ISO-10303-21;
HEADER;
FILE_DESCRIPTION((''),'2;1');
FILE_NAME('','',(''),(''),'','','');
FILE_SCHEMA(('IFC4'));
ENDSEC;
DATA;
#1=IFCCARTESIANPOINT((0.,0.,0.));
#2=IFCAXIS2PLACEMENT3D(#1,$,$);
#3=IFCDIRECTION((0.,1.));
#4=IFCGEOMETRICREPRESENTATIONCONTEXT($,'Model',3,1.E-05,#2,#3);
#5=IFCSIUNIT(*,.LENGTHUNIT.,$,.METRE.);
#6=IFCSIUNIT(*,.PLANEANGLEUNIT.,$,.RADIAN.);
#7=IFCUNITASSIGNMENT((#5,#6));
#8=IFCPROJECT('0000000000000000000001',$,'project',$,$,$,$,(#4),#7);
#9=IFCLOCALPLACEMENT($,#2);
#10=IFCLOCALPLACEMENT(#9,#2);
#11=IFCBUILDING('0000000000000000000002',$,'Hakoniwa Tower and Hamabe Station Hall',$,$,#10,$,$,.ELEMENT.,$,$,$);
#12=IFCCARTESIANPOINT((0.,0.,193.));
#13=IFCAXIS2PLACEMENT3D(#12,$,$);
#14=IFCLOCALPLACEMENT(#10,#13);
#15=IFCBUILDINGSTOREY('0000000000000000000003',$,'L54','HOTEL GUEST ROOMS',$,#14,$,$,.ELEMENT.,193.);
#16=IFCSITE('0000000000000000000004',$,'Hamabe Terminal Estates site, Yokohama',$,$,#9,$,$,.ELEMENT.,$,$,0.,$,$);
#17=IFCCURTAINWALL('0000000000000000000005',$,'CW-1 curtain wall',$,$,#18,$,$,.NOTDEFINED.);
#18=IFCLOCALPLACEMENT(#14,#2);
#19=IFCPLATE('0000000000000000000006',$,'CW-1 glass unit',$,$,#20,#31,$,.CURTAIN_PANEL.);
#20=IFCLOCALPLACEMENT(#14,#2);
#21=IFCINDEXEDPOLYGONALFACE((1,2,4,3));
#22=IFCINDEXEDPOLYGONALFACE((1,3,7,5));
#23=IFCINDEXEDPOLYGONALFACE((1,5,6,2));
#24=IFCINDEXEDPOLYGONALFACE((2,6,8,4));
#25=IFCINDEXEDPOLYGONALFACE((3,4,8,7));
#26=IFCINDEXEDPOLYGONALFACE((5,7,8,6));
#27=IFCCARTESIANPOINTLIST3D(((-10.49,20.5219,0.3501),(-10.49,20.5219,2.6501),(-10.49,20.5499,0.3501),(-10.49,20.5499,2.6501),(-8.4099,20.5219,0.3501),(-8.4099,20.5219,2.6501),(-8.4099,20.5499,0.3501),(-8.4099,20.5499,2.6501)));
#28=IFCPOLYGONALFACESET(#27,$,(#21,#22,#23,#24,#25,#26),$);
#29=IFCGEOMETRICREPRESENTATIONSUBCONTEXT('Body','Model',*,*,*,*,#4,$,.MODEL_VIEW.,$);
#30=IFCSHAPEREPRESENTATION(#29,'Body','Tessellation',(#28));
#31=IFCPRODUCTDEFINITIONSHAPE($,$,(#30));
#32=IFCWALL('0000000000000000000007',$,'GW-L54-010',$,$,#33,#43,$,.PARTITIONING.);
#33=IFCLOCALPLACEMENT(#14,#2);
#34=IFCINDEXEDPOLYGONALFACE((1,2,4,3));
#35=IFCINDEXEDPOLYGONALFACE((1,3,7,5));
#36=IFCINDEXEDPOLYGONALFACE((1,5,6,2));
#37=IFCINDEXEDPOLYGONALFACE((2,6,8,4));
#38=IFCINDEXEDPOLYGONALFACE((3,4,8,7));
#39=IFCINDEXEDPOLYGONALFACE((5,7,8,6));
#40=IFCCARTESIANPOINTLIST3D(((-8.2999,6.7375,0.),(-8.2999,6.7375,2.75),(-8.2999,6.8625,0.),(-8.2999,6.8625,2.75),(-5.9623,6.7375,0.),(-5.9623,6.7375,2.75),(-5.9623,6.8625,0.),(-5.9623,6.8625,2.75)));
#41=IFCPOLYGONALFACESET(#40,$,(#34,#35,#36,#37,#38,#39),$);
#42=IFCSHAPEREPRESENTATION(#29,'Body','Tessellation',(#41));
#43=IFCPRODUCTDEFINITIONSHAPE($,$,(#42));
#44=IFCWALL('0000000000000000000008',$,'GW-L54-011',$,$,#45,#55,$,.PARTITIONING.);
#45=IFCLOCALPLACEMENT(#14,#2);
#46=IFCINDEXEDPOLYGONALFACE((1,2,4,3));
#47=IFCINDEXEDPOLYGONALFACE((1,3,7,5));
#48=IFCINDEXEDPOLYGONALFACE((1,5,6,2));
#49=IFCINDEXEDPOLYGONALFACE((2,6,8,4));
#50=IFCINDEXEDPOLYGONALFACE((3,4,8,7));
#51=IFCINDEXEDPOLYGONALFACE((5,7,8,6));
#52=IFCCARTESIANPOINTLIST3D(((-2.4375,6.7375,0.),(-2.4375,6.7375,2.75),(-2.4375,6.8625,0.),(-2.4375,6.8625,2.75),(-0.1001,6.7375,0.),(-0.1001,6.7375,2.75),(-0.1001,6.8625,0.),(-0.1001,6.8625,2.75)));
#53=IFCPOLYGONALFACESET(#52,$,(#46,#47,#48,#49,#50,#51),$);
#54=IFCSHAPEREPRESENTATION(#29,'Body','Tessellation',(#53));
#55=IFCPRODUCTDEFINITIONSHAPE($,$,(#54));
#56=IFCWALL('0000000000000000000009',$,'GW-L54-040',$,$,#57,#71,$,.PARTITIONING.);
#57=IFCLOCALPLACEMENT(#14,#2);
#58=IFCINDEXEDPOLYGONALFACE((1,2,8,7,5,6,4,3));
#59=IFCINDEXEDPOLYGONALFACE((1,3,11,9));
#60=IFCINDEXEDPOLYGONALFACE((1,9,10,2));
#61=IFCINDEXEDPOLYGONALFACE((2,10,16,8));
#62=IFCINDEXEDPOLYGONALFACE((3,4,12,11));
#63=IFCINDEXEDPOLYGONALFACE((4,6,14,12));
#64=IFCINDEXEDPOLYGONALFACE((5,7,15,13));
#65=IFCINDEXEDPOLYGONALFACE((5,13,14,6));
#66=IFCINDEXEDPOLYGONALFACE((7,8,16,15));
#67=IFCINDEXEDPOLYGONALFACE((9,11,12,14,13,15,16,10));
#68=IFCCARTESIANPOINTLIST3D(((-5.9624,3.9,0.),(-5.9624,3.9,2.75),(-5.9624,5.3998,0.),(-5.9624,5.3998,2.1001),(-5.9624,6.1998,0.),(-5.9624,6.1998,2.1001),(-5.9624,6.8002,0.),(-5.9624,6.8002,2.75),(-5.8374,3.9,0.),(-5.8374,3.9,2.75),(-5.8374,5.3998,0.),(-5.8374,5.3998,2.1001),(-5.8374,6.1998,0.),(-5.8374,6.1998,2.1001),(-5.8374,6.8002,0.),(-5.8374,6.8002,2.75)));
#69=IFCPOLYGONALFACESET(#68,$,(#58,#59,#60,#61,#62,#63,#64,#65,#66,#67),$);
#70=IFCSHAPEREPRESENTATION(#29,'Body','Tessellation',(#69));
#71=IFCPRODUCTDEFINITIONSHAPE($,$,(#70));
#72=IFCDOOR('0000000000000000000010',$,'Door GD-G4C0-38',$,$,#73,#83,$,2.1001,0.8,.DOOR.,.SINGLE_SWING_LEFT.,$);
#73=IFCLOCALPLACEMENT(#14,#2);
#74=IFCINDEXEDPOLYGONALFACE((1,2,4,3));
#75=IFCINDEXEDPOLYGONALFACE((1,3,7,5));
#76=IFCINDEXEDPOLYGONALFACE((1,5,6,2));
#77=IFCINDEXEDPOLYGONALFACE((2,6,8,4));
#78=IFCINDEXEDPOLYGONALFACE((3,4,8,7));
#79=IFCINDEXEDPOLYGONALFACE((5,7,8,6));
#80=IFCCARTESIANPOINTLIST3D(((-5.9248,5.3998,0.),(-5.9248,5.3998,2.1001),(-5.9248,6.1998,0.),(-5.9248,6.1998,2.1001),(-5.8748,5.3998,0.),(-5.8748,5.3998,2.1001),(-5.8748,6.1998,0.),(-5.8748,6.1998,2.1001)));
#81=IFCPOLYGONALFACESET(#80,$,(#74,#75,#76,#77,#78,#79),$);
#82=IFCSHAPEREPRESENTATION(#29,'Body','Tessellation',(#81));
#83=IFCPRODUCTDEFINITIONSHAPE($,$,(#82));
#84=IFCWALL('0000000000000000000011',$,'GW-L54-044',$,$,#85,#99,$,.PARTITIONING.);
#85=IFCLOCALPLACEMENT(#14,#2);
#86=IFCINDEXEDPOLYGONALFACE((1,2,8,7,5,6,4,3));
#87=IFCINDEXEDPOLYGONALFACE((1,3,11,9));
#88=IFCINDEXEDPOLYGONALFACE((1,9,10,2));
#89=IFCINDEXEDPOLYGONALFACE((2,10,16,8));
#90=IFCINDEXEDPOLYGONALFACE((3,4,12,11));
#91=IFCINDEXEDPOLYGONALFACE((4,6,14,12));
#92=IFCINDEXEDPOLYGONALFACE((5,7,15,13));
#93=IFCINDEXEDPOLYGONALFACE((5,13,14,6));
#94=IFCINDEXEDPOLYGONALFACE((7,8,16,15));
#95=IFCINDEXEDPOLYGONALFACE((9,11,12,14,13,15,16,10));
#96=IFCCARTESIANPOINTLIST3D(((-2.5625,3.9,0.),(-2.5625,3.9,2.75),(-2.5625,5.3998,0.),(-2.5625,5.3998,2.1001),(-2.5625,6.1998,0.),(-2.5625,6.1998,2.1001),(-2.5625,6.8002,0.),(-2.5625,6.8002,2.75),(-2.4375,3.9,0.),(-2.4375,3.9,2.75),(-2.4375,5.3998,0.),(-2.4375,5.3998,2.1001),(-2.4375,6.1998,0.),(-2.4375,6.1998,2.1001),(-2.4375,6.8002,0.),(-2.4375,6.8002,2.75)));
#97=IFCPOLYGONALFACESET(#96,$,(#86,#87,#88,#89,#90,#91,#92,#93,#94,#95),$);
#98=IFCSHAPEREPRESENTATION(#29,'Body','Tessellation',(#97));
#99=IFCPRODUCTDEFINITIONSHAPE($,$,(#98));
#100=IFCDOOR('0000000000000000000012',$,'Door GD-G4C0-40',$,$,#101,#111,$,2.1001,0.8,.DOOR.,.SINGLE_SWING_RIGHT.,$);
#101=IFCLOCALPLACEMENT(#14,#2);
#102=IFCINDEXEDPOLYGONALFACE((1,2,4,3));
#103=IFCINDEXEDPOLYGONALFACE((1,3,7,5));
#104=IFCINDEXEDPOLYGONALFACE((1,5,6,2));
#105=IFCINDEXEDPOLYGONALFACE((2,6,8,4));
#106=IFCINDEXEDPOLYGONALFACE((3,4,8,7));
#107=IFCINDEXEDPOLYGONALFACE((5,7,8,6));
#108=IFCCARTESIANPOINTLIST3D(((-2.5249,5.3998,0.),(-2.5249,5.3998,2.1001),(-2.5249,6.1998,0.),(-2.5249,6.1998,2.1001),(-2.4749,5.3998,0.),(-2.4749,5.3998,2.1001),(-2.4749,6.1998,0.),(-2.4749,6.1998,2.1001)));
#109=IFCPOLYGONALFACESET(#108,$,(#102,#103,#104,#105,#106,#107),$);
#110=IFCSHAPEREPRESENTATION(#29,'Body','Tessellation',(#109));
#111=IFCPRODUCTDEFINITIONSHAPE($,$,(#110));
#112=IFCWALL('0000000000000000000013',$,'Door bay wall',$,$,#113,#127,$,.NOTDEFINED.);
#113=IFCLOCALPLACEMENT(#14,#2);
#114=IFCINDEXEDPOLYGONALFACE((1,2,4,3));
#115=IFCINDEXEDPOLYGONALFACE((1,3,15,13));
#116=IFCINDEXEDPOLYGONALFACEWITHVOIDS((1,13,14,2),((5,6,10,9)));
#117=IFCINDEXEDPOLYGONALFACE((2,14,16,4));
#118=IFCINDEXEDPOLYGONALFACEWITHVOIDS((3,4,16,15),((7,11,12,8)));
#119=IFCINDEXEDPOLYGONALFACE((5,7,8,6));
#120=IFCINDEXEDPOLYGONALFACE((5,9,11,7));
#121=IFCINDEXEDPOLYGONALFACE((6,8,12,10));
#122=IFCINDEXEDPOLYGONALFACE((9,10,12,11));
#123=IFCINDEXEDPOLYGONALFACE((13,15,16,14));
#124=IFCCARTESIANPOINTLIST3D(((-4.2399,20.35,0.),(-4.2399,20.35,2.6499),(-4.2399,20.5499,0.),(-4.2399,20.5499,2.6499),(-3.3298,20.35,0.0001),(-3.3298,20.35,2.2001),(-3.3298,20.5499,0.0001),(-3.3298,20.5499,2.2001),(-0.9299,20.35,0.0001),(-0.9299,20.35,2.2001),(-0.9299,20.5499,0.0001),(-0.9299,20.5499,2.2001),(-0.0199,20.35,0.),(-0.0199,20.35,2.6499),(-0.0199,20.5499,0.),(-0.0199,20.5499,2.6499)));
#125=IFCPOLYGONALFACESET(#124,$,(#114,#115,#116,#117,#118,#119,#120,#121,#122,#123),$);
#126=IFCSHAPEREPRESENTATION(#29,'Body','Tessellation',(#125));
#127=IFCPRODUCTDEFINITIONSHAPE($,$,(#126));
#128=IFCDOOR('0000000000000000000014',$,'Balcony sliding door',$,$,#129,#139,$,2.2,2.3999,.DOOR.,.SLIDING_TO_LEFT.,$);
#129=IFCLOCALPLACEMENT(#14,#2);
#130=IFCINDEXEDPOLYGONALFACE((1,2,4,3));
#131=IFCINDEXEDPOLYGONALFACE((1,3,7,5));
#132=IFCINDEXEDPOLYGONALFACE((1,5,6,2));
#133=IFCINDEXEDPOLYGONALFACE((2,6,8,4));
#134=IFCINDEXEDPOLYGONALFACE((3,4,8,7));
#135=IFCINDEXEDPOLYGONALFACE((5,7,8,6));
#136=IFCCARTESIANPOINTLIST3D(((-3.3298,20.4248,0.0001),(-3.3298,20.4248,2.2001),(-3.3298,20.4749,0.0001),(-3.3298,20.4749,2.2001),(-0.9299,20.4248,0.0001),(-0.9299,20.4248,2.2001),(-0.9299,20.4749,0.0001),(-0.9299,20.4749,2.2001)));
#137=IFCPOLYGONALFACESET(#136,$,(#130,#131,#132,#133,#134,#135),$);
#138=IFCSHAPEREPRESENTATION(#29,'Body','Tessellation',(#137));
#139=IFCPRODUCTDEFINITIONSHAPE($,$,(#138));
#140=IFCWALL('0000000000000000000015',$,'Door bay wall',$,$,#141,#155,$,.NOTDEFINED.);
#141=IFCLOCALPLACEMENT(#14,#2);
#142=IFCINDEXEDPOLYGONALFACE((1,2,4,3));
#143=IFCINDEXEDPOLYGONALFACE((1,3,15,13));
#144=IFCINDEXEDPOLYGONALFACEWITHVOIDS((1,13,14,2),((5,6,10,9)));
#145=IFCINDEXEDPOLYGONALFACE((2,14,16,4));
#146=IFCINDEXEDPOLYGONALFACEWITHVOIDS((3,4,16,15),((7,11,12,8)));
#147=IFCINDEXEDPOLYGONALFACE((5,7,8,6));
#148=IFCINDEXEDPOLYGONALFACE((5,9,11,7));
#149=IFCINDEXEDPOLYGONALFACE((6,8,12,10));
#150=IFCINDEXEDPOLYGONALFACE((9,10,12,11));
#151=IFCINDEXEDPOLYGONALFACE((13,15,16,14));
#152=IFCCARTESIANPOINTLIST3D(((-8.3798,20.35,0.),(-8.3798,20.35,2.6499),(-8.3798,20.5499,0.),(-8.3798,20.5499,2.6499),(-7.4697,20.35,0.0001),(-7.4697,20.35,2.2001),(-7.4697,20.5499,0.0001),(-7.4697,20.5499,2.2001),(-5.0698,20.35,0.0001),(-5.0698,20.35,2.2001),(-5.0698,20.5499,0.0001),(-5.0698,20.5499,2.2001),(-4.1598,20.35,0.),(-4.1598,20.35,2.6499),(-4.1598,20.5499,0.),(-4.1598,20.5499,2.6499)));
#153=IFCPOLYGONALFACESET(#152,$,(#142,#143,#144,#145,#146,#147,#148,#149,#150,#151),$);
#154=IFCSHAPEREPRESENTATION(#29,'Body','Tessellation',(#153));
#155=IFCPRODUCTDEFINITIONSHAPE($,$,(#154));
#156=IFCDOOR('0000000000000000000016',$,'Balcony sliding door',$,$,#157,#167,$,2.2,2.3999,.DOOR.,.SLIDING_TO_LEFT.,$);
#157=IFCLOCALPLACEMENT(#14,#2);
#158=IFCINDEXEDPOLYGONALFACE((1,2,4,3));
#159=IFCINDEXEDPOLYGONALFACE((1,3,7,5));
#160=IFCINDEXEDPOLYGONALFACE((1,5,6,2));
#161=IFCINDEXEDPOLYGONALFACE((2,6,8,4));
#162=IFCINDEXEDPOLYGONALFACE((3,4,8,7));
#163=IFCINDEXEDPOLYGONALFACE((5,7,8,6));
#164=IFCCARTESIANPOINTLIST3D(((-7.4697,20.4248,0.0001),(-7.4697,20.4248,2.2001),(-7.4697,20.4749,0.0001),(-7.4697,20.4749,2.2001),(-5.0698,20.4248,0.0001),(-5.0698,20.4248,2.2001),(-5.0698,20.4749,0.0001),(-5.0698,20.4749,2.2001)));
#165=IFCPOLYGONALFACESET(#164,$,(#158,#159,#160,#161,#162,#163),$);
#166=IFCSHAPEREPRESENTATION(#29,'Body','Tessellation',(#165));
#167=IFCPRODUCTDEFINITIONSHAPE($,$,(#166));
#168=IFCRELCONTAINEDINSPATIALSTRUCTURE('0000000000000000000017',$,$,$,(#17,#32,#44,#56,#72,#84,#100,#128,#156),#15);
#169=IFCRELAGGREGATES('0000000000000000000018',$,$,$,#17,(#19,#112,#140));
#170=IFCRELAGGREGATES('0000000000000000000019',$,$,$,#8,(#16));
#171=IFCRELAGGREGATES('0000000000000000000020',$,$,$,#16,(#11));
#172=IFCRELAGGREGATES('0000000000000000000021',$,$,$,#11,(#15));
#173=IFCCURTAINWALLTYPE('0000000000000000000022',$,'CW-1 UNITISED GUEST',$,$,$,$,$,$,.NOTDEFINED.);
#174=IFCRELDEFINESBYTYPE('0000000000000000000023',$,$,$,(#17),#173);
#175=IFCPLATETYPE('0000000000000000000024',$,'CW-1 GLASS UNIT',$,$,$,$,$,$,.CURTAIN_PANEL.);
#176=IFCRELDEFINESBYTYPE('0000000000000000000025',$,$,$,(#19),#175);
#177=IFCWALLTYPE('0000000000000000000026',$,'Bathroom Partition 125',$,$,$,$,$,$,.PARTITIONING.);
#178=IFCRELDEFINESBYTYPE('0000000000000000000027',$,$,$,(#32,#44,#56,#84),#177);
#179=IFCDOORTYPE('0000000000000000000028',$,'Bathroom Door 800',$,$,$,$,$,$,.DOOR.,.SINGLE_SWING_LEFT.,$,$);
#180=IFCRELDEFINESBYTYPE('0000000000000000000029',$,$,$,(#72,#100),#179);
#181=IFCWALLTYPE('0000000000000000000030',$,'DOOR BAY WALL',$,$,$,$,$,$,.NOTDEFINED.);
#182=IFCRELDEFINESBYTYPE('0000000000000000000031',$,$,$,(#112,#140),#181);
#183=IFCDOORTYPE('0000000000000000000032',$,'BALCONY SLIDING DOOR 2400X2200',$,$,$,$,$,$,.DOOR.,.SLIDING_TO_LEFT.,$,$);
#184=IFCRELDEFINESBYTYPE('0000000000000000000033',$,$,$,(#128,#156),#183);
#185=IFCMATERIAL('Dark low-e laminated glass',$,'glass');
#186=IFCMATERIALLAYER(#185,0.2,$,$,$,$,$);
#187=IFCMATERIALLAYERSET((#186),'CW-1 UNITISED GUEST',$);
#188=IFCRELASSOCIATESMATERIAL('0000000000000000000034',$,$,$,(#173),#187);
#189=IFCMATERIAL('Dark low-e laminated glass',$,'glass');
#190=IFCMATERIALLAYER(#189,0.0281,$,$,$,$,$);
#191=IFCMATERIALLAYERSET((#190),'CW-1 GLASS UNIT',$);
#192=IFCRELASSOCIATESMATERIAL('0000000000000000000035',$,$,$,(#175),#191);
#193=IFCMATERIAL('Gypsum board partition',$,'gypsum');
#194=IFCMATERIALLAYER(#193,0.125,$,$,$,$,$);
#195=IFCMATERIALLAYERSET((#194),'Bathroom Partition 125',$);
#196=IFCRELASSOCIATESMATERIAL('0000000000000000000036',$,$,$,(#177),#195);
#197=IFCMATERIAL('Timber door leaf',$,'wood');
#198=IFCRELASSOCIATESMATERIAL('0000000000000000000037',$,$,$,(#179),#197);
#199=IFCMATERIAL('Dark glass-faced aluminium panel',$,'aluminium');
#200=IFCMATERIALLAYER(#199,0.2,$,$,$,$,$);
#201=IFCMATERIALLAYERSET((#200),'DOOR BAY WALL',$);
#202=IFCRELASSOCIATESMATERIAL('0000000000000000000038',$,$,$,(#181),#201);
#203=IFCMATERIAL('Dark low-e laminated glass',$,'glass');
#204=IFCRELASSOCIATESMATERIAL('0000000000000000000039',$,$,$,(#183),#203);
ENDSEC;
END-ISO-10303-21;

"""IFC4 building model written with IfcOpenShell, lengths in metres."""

from ifc_helpers import new_model, si_unit, direction, frame, frame_2d, origin, origin_2d, place, context, subcontext, project, spatial, rectangle, extrude, material, layer, layer_set, type_object, element, fill, aggregate, save


model = new_model("IFC4")

# Units and contexts
model_context = context("Model", 3, precision=1e-05, world=origin(), true_north=direction((0.0, 1.0)))
body_context = subcontext(model_context, "Body", "Model", "MODEL_VIEW")
ifc_project = project(units=[si_unit("LENGTHUNIT", "METRE"), si_unit("PLANEANGLEUNIT", "RADIAN")], contexts=[model_context])

# Site, building, storey
site_placement = place(None, origin())
site = spatial("IfcSite", under=ifc_project, at=site_placement, Name="Hamabe Terminal Estates site, Yokohama", CompositionType="ELEMENT", RefElevation=0.0)
building_placement = place(site_placement, origin())
building = spatial("IfcBuilding", under=site, at=building_placement, Name="Hakoniwa Tower and Hamabe Station Hall", CompositionType="ELEMENT")
storey_placement = place(building_placement, frame((0.0, 0.0, 193.0)))
storey = spatial("IfcBuildingStorey", under=building, at=storey_placement, Name="L54", Description="HOTEL GUEST ROOMS", CompositionType="ELEMENT", Elevation=193.0)

# Curtain wall, plate
ifc_material_1 = material(Name="Dark low-e laminated glass", Category="glass")
ifc_layer_1 = layer(ifc_material_1, 0.2)
ifc_layer_set_1 = layer_set([ifc_layer_1], Name="CW-1 UNITISED GUEST")
curtain_wall_type = type_object("IfcCurtainWallType", Name="CW-1 UNITISED GUEST", PredefinedType="NOTDEFINED", material=ifc_layer_set_1)
curtain_wall_placement = place(storey_placement, origin())
curtain_wall = element("IfcCurtainWall", 1, at=curtain_wall_placement, inside=storey, type_object=curtain_wall_type, Name="CW-1 curtain wall", PredefinedType="NOTDEFINED")
ifc_material_2 = material(Name="Dark low-e laminated glass", Category="glass")
ifc_layer_2 = layer(ifc_material_2, 0.0281)
ifc_layer_set_2 = layer_set([ifc_layer_2], Name="CW-1 GLASS UNIT")
plate_type = type_object("IfcPlateType", Name="CW-1 GLASS UNIT", PredefinedType="CURTAIN_PANEL", material=ifc_layer_set_2)
plate_placement = place(storey_placement, frame((-9.45, 20.5359, 0.3501), z_axis=(0.0, 0.0, 1.0), x_axis=(-1.0, 0.0, 0.0)))
plate = element("IfcPlate", 2, at=plate_placement, type_object=plate_type, Name="CW-1 glass unit", PredefinedType="CURTAIN_PANEL", context=body_context, shape_type="SweptSolid", body=[
    extrude(rectangle(XDim=2.0801, YDim=0.0281, at=origin_2d()), origin(), (0.0, 0.0, 1.0), 2.3),
])

# Walls
ifc_material_3 = material(Name="Gypsum board partition", Category="gypsum")
ifc_layer_3 = layer(ifc_material_3, 0.125)
ifc_layer_set_3 = layer_set([ifc_layer_3], Name="Bathroom Partition 125")
wall_type_1 = type_object("IfcWallType", Name="Bathroom Partition 125", PredefinedType="PARTITIONING", material=ifc_layer_set_3)
wall_1_placement = place(storey_placement, frame((-8.3, 6.8, 0.0), z_axis=(0.0, 0.0, 1.0), x_axis=(1.0, 0.0, 0.0)))
element("IfcWall", 3, at=wall_1_placement, inside=storey, type_object=wall_type_1, Name="GW-L54-010", PredefinedType="PARTITIONING", context=body_context, shape_type="SweptSolid", body=[
    extrude(rectangle(XDim=2.3376, YDim=0.125, at=frame_2d((1.1689, 0.0))), origin(), (0.0, 0.0, 1.0), 2.75),
])
wall_2_placement = place(storey_placement, frame((-2.4375, 6.8, 0.0), z_axis=(0.0, 0.0, 1.0), x_axis=(1.0, 0.0, 0.0)))
element("IfcWall", 4, at=wall_2_placement, inside=storey, type_object=wall_type_1, Name="GW-L54-011", PredefinedType="PARTITIONING", context=body_context, shape_type="SweptSolid", body=[
    extrude(rectangle(XDim=2.3374, YDim=0.125, at=frame_2d((1.1687, 0.0))), origin(), (0.0, 0.0, 1.0), 2.75),
])

# Walls, openings, doors
wall_3_placement = place(storey_placement, frame((-5.8999, 3.8999, 0.0), z_axis=(0.0, 0.0, 1.0), x_axis=(0.0, 1.0, 0.0)))
wall_3 = element("IfcWall", 5, at=wall_3_placement, inside=storey, type_object=wall_type_1, Name="GW-L54-040", PredefinedType="PARTITIONING", context=body_context, shape_type="SweptSolid", body=[
    extrude(rectangle(XDim=2.9001, YDim=0.125, at=frame_2d((1.4502, 0.0))), origin(), (0.0, 0.0, 1.0), 2.75),
])
opening_1_placement = place(wall_3_placement, frame((1.5, 0.0, 0.0)))
opening_1 = element("IfcOpeningElement", 6, at=opening_1_placement, cuts=wall_3, PredefinedType="OPENING", context=body_context, shape_type="SweptSolid", body=[
    extrude(rectangle(XDim=0.8, YDim=2.1001, at=frame_2d((0.3999, 1.05))), frame((0.0, 0.0725, 0.0), z_axis=(0.0, -1.0, 0.0), x_axis=(1.0, 0.0, 0.0)), (0.0, 0.0, 1.0), 0.145),
])
ifc_material_4 = material(Name="Timber door leaf", Category="wood")
door_type_1 = type_object("IfcDoorType", Name="Bathroom Door 800", OperationType="SINGLE_SWING_LEFT", PredefinedType="DOOR", material=ifc_material_4)
door_1_placement = place(opening_1_placement, origin())
door_1 = element("IfcDoor", 7, at=door_1_placement, inside=storey, type_object=door_type_1, Name="Door GD-G4C0-38", OperationType="SINGLE_SWING_LEFT", OverallHeight=2.1001, OverallWidth=0.8, PredefinedType="DOOR", context=body_context, shape_type="SweptSolid", body=[
    extrude(rectangle(XDim=0.8, YDim=2.1001, at=frame_2d((0.3999, 1.05))), frame((0.0, 0.0249, 0.0), z_axis=(0.0, -1.0, 0.0), x_axis=(1.0, 0.0, 0.0)), (0.0, 0.0, 1.0), 0.05),
])
fill(opening_1, door_1)
wall_4_placement = place(storey_placement, frame((-2.5, 3.8999, 0.0), z_axis=(0.0, 0.0, 1.0), x_axis=(0.0, 1.0, 0.0)))
wall_4 = element("IfcWall", 8, at=wall_4_placement, inside=storey, type_object=wall_type_1, Name="GW-L54-044", PredefinedType="PARTITIONING", context=body_context, shape_type="SweptSolid", body=[
    extrude(rectangle(XDim=2.9001, YDim=0.125, at=frame_2d((1.4502, 0.0))), origin(), (0.0, 0.0, 1.0), 2.75),
])
opening_2_placement = place(wall_4_placement, frame((1.5, 0.0, 0.0)))
opening_2 = element("IfcOpeningElement", 9, at=opening_2_placement, cuts=wall_4, PredefinedType="OPENING", context=body_context, shape_type="SweptSolid", body=[
    extrude(rectangle(XDim=0.8, YDim=2.1001, at=frame_2d((0.3999, 1.05))), frame((0.0, 0.0725, 0.0), z_axis=(0.0, -1.0, 0.0), x_axis=(1.0, 0.0, 0.0)), (0.0, 0.0, 1.0), 0.145),
])
door_2_placement = place(opening_2_placement, origin())
door_2 = element("IfcDoor", 10, at=door_2_placement, inside=storey, type_object=door_type_1, Name="Door GD-G4C0-40", OperationType="SINGLE_SWING_RIGHT", OverallHeight=2.1001, OverallWidth=0.8, PredefinedType="DOOR", context=body_context, shape_type="SweptSolid", body=[
    extrude(rectangle(XDim=0.8, YDim=2.1001, at=frame_2d((0.3999, 1.05))), frame((0.0, 0.0249, 0.0), z_axis=(0.0, -1.0, 0.0), x_axis=(1.0, 0.0, 0.0)), (0.0, 0.0, 1.0), 0.05),
])
fill(opening_2, door_2)
ifc_material_5 = material(Name="Dark glass-faced aluminium panel", Category="aluminium")
ifc_layer_4 = layer(ifc_material_5, 0.2)
ifc_layer_set_4 = layer_set([ifc_layer_4], Name="DOOR BAY WALL")
wall_type_2 = type_object("IfcWallType", Name="DOOR BAY WALL", PredefinedType="NOTDEFINED", material=ifc_layer_set_4)
wall_5_placement = place(storey_placement, frame((-0.02, 20.45, 0.0), z_axis=(0.0, 0.0, 1.0), x_axis=(-1.0, 0.0, 0.0)))
wall_5 = element("IfcWall", 11, at=wall_5_placement, type_object=wall_type_2, Name="Door bay wall", PredefinedType="NOTDEFINED", context=body_context, shape_type="SweptSolid", body=[
    extrude(rectangle(XDim=4.22, YDim=0.2, at=frame_2d((2.1099, 0.0))), origin(), (0.0, 0.0, 1.0), 2.6499),
])
opening_3_placement = place(wall_5_placement, frame((0.9099, 0.0, 0.0)))
opening_3 = element("IfcOpeningElement", 12, at=opening_3_placement, cuts=wall_5, PredefinedType="OPENING", context=body_context, shape_type="SweptSolid", body=[
    extrude(rectangle(XDim=2.3999, YDim=2.2, at=frame_2d((1.2, 1.1001))), frame((0.0, 0.1099, 0.0), z_axis=(0.0, -1.0, 0.0), x_axis=(1.0, 0.0, 0.0)), (0.0, 0.0, 1.0), 0.22),
])
ifc_material_6 = material(Name="Dark low-e laminated glass", Category="glass")
door_type_2 = type_object("IfcDoorType", Name="BALCONY SLIDING DOOR 2400X2200", OperationType="SLIDING_TO_LEFT", PredefinedType="DOOR", material=ifc_material_6)
door_3_placement = place(opening_3_placement, frame((2.3999, 0.0, 0.0), z_axis=(0.0, 0.0, 1.0), x_axis=(-1.0, 0.0, 0.0)))
door_3 = element("IfcDoor", 13, at=door_3_placement, inside=storey, type_object=door_type_2, Name="Balcony sliding door", OperationType="SLIDING_TO_LEFT", OverallHeight=2.2, OverallWidth=2.3999, PredefinedType="DOOR", context=body_context, shape_type="SweptSolid", body=[
    extrude(rectangle(XDim=2.3999, YDim=2.2, at=frame_2d((1.2, 1.1001))), frame((0.0, 0.0249, 0.0), z_axis=(0.0, -1.0, 0.0), x_axis=(1.0, 0.0, 0.0)), (0.0, 0.0, 1.0), 0.05),
])
fill(opening_3, door_3)
wall_6_placement = place(storey_placement, frame((-4.1599, 20.45, 0.0), z_axis=(0.0, 0.0, 1.0), x_axis=(-1.0, 0.0, 0.0)))
wall_6 = element("IfcWall", 14, at=wall_6_placement, type_object=wall_type_2, Name="Door bay wall", PredefinedType="NOTDEFINED", context=body_context, shape_type="SweptSolid", body=[
    extrude(rectangle(XDim=4.22, YDim=0.2, at=frame_2d((2.1099, 0.0))), origin(), (0.0, 0.0, 1.0), 2.6499),
])
opening_4_placement = place(wall_6_placement, frame((0.9099, 0.0, 0.0)))
opening_4 = element("IfcOpeningElement", 15, at=opening_4_placement, cuts=wall_6, PredefinedType="OPENING", context=body_context, shape_type="SweptSolid", body=[
    extrude(rectangle(XDim=2.3999, YDim=2.2, at=frame_2d((1.2, 1.1001))), frame((0.0, 0.1099, 0.0), z_axis=(0.0, -1.0, 0.0), x_axis=(1.0, 0.0, 0.0)), (0.0, 0.0, 1.0), 0.22),
])
door_4_placement = place(opening_4_placement, frame((2.3999, 0.0, 0.0), z_axis=(0.0, 0.0, 1.0), x_axis=(-1.0, 0.0, 0.0)))
door_4 = element("IfcDoor", 16, at=door_4_placement, inside=storey, type_object=door_type_2, Name="Balcony sliding door", OperationType="SLIDING_TO_LEFT", OverallHeight=2.2, OverallWidth=2.3999, PredefinedType="DOOR", context=body_context, shape_type="SweptSolid", body=[
    extrude(rectangle(XDim=2.3999, YDim=2.2, at=frame_2d((1.2, 1.1001))), frame((0.0, 0.0249, 0.0), z_axis=(0.0, -1.0, 0.0), x_axis=(1.0, 0.0, 0.0)), (0.0, 0.0, 1.0), 0.05),
])
fill(opening_4, door_4)
aggregate(curtain_wall, [plate, wall_5, wall_6])

save(model, "model.ifc")
